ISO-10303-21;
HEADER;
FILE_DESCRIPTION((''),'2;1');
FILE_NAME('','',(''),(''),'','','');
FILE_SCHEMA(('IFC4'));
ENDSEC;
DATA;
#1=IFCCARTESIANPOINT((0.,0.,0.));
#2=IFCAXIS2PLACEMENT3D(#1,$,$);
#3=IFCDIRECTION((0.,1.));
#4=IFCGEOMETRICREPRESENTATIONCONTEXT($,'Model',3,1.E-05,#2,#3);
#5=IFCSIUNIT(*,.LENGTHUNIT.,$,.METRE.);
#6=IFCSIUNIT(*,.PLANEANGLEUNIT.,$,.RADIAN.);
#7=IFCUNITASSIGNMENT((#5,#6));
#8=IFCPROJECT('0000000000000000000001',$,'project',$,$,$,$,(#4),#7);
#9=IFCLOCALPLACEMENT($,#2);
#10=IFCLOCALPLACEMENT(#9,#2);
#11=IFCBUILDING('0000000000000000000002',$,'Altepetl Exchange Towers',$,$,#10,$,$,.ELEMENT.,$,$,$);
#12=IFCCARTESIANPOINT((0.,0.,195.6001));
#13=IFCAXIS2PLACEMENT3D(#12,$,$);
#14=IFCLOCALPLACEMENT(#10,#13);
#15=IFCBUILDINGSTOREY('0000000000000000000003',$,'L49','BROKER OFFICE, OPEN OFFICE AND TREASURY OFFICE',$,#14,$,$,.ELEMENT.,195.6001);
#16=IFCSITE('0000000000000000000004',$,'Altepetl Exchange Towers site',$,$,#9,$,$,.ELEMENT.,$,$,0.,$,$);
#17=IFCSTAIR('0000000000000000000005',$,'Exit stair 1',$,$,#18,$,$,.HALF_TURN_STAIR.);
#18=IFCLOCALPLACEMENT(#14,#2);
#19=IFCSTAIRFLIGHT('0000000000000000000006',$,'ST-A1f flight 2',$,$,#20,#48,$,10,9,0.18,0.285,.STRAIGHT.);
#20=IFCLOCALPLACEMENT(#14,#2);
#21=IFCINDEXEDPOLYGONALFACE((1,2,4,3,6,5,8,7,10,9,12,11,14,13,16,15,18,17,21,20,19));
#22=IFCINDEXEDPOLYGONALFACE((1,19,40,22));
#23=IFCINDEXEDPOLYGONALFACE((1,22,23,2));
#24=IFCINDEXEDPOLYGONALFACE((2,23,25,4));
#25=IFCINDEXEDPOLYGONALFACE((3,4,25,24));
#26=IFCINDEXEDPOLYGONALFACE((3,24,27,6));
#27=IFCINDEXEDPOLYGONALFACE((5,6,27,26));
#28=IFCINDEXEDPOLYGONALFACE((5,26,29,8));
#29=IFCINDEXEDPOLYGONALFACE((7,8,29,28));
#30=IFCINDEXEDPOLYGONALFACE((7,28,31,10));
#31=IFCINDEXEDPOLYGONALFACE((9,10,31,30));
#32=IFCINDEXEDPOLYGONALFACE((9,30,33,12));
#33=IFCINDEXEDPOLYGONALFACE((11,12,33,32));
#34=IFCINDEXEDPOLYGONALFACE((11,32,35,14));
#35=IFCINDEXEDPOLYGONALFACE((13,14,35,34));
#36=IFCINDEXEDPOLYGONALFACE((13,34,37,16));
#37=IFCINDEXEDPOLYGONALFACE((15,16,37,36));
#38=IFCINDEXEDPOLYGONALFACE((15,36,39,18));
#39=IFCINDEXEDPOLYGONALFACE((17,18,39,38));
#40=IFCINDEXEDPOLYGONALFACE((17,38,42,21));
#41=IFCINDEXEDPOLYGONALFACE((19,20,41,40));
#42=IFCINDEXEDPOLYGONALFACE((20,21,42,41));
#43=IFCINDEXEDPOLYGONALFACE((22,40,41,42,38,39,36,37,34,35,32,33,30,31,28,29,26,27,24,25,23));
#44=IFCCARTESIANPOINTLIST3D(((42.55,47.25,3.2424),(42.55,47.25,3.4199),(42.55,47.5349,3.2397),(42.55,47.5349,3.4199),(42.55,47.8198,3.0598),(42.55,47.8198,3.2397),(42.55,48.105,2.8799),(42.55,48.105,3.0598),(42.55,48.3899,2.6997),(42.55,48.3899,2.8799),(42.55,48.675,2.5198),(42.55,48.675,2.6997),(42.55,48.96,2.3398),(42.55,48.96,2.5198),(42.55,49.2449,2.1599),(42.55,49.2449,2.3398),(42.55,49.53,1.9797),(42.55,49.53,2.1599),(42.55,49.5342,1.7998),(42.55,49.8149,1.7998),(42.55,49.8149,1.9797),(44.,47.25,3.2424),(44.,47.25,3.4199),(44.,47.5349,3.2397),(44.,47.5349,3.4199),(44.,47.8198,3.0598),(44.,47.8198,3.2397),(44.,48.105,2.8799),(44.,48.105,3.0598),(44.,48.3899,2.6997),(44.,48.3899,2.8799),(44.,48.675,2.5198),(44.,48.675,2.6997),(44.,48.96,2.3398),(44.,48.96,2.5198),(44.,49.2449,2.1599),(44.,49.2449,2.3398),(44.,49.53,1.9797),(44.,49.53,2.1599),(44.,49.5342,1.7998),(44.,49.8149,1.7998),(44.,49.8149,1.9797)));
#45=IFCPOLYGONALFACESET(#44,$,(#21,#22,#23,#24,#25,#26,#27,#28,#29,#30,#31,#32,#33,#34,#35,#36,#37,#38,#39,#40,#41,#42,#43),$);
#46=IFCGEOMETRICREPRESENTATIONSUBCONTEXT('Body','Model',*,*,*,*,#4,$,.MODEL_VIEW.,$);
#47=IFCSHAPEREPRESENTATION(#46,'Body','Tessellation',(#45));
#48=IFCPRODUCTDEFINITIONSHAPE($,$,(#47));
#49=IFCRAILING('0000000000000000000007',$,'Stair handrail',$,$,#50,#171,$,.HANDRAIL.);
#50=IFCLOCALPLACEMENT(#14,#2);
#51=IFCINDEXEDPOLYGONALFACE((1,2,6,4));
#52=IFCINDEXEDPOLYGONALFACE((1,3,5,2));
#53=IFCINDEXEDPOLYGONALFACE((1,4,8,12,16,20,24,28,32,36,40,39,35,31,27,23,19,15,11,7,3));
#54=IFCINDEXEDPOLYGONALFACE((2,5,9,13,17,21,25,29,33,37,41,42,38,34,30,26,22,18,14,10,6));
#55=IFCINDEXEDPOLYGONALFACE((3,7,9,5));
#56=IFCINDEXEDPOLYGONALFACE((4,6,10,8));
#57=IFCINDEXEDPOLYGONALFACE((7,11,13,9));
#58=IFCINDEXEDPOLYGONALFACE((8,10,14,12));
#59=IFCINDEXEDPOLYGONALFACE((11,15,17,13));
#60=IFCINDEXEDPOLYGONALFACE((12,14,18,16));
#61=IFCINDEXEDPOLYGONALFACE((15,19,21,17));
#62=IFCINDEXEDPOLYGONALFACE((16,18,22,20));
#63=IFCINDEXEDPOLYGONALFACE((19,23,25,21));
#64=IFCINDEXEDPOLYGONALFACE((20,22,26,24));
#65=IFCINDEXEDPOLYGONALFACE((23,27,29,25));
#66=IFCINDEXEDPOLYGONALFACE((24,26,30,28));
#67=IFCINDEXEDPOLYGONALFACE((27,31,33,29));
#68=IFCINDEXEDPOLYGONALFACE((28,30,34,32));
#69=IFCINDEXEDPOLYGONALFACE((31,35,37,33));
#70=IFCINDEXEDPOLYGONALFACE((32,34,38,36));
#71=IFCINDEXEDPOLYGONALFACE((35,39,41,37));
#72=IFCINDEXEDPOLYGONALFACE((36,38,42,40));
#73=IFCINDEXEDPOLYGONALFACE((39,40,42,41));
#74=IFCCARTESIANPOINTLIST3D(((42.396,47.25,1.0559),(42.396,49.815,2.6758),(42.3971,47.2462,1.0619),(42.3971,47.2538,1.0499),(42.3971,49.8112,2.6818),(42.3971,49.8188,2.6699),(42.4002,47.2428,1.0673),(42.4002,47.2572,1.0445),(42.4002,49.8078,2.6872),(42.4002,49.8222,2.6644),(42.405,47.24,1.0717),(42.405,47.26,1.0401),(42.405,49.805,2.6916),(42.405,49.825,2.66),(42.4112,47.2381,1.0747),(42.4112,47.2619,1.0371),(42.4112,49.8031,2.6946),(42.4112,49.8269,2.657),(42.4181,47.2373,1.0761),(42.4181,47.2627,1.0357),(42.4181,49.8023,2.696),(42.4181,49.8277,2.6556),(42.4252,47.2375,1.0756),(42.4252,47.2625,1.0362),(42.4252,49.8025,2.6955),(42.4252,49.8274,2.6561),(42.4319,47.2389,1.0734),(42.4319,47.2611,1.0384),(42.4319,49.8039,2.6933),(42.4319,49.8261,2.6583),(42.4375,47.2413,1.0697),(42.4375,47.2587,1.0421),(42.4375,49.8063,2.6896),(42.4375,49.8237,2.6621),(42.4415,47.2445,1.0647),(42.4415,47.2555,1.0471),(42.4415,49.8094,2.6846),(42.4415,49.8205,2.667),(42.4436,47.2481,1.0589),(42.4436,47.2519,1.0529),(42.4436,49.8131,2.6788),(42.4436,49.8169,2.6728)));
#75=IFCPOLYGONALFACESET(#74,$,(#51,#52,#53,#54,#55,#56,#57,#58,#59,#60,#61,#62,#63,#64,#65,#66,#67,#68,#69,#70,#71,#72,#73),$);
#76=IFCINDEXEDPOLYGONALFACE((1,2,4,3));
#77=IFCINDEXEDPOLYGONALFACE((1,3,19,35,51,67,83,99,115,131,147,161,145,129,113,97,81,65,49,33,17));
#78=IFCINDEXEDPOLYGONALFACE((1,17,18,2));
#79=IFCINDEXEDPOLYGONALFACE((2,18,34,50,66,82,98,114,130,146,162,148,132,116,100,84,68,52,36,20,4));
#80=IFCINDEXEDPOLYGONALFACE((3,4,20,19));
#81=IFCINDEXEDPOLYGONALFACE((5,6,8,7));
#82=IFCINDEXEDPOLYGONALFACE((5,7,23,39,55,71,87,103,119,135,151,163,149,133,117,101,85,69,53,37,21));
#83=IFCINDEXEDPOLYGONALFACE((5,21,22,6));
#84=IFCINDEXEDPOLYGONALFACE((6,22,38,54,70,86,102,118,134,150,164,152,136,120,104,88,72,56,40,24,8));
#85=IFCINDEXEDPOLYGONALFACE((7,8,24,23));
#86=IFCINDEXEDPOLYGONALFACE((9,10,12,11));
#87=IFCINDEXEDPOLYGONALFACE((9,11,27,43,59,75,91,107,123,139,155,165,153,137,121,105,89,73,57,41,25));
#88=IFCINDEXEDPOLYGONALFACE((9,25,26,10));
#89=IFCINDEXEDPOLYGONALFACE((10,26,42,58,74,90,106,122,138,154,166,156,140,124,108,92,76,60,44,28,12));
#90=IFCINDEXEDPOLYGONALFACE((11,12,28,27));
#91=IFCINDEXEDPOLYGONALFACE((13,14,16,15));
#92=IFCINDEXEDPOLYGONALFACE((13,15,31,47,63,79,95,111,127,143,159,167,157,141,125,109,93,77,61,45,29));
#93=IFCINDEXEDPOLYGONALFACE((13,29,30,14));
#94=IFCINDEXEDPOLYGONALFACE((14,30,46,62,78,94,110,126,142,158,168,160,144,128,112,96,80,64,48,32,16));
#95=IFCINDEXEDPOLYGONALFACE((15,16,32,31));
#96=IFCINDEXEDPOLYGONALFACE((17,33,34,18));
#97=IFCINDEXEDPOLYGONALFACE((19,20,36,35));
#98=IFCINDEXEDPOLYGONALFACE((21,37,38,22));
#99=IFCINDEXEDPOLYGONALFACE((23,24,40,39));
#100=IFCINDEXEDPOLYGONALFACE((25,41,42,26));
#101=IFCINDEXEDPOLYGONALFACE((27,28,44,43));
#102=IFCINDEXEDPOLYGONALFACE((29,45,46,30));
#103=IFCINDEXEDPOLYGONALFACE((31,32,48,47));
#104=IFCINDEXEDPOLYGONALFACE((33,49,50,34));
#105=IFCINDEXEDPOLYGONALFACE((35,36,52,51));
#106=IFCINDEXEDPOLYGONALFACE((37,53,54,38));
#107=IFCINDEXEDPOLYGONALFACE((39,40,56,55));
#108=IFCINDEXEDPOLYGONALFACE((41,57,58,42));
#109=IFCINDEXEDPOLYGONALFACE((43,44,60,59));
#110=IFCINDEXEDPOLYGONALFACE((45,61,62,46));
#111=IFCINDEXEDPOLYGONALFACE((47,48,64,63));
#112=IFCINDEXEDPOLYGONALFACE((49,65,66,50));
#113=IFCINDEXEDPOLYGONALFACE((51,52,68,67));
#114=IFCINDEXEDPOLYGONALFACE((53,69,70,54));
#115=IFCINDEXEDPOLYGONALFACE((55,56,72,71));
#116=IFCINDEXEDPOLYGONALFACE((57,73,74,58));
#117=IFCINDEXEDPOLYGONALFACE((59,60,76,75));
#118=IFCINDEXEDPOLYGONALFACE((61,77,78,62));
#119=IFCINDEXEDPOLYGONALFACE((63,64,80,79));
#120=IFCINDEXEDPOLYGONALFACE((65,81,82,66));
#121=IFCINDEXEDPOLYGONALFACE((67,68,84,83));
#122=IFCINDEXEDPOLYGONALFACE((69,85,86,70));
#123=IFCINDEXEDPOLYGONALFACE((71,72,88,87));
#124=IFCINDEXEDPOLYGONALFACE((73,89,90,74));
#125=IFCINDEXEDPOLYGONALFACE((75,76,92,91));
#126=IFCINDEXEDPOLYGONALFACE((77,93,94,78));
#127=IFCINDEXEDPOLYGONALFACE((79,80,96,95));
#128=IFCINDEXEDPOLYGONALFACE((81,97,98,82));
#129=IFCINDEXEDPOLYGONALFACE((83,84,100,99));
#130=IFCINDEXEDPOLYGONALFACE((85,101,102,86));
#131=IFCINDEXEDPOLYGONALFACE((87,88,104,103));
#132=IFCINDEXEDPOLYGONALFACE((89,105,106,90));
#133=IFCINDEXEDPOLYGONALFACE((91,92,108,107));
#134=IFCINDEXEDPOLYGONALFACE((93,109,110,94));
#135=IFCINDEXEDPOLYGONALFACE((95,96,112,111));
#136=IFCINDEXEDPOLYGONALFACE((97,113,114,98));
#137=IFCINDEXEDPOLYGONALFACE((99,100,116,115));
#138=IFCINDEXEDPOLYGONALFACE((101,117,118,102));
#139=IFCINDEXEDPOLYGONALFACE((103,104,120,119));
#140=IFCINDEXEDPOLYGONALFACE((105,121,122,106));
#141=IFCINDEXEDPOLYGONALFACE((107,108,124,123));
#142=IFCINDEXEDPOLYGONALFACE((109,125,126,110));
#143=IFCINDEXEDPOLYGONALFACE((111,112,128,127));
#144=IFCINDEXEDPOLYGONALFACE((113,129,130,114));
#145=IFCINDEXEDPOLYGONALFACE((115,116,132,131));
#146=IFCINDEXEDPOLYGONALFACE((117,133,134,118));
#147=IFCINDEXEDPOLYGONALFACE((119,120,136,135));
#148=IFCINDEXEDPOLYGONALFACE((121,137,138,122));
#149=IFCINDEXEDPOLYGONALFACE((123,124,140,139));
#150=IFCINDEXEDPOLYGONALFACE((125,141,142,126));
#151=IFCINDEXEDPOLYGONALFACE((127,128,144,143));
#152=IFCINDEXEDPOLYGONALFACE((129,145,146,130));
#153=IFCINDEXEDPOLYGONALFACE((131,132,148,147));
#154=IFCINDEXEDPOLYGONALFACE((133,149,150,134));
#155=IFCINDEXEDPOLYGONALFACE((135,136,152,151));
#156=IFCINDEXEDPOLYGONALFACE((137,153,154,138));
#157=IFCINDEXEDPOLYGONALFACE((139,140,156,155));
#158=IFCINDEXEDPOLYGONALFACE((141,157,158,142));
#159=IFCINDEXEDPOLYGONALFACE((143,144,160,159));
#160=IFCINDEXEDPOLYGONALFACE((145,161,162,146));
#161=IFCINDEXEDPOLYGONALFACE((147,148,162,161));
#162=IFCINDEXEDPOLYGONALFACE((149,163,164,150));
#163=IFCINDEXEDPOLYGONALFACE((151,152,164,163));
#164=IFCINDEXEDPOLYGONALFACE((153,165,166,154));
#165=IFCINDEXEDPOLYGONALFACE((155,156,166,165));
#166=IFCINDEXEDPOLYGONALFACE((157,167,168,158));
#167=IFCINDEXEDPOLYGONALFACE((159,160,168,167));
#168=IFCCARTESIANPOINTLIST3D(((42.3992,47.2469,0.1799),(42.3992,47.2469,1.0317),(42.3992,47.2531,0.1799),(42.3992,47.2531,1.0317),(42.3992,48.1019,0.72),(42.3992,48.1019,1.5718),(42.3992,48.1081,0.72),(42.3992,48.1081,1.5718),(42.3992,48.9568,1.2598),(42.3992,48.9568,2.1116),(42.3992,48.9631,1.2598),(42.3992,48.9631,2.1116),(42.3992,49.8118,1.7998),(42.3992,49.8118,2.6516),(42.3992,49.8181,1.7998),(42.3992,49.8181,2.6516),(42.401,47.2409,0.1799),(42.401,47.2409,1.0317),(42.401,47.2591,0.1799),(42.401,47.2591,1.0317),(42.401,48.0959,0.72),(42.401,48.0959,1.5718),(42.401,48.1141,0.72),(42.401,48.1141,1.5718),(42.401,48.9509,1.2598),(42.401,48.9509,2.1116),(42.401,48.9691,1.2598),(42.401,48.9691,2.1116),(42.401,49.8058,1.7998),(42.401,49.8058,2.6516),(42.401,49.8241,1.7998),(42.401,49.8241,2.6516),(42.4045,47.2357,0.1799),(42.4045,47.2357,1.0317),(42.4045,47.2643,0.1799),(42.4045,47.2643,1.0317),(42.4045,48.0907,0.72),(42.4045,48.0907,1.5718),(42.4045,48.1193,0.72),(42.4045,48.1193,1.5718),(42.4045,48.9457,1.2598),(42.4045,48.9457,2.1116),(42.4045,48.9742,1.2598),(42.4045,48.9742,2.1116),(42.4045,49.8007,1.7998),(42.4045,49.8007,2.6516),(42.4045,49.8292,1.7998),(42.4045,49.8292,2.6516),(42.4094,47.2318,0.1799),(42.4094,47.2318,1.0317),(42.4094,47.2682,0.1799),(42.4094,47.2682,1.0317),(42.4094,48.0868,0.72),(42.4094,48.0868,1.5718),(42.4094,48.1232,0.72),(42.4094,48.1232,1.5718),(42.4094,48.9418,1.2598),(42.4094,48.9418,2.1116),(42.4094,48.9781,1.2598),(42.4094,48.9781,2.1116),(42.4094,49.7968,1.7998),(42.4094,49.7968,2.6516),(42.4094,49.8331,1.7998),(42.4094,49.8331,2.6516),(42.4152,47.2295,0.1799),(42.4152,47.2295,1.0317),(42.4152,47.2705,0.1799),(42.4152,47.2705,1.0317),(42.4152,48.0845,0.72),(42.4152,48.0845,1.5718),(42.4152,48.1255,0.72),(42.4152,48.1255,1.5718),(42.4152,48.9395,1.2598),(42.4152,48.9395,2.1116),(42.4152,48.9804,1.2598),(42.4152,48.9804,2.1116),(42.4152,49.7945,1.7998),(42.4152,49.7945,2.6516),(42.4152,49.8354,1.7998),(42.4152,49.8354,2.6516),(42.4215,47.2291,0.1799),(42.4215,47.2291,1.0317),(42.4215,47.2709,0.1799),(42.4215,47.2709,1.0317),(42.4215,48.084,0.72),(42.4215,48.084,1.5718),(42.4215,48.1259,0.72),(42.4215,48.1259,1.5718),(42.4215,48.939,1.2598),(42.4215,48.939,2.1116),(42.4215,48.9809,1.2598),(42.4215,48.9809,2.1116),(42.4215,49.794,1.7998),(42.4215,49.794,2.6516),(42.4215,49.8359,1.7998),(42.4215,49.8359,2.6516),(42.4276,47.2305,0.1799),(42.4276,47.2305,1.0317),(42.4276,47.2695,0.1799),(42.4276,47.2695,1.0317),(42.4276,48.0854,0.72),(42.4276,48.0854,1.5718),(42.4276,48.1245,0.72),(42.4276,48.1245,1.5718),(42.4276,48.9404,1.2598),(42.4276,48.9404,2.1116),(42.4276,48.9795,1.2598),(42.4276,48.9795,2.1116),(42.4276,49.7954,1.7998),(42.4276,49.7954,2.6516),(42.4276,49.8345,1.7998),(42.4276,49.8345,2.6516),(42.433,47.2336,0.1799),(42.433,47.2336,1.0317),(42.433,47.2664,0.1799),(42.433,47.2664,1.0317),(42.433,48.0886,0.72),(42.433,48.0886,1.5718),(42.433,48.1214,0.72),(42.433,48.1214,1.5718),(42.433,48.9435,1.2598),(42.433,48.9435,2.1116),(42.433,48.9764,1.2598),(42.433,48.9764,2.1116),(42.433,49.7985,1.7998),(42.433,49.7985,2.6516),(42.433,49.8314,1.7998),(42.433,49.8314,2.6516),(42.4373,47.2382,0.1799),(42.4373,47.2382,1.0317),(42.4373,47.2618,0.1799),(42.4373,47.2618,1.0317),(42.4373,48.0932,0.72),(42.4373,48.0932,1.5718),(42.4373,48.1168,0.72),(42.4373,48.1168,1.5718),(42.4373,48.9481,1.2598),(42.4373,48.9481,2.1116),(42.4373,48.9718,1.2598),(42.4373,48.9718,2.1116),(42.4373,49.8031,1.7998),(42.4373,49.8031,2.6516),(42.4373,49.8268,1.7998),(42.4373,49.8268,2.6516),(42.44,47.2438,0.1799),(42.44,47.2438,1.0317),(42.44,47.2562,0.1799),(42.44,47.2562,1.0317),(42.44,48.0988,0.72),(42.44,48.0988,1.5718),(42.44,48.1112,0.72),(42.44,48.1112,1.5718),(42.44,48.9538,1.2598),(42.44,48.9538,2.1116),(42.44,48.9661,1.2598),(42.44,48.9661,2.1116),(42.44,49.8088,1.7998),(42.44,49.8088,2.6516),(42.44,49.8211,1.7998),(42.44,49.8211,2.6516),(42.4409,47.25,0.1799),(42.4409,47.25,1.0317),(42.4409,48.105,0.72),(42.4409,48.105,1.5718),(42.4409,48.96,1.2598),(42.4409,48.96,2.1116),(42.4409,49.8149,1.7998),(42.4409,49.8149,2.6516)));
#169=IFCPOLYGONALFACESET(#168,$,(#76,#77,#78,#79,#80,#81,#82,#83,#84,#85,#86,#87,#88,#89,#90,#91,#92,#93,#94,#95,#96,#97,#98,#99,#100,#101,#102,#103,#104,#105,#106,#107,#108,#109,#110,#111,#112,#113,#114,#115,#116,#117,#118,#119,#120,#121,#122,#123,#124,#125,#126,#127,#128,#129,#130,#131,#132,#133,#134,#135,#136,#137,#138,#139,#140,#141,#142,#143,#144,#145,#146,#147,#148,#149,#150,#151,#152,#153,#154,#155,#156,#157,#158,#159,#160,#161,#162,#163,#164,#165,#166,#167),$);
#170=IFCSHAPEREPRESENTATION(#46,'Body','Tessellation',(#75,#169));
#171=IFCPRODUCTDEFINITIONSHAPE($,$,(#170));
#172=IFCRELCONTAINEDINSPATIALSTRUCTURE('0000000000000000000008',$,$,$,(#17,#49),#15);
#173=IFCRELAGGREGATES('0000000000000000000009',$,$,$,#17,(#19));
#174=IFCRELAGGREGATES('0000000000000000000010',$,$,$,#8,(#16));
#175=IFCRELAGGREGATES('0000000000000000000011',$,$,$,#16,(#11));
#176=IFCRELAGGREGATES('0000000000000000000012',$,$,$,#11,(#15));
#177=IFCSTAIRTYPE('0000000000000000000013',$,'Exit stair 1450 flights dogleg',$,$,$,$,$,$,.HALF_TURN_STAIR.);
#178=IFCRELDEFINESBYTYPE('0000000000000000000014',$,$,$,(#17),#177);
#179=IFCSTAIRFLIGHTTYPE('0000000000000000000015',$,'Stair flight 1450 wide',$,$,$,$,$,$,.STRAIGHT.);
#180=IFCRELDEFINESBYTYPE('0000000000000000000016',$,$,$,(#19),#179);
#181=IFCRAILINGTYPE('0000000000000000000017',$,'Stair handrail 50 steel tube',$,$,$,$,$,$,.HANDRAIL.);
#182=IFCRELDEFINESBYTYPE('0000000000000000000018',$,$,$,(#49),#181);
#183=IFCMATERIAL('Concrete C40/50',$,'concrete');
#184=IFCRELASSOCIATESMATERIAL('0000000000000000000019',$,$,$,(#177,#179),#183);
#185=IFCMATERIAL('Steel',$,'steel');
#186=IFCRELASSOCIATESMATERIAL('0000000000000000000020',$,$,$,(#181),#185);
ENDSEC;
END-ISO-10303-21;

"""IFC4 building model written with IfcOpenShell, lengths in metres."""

from ifc_helpers import new_model, si_unit, direction, frame, origin, origin_2d, place, context, subcontext, project, spatial, polyline, circle, outline, extrude, source, transform, mapped, material, type_object, element, aggregate, save


model = new_model("IFC4")

# Units and contexts
model_context = context("Model", 3, precision=1e-05, world=origin(), true_north=direction((0.0, 1.0)))
body_context = subcontext(model_context, "Body", "Model", "MODEL_VIEW")
ifc_project = project(units=[si_unit("LENGTHUNIT", "METRE"), si_unit("PLANEANGLEUNIT", "RADIAN")], contexts=[model_context])

# Site, building, storey
site_placement = place(None, origin())
site = spatial("IfcSite", under=ifc_project, at=site_placement, Name="Altepetl Exchange Towers site", CompositionType="ELEMENT", RefElevation=0.0)
building_placement = place(site_placement, origin())
building = spatial("IfcBuilding", under=site, at=building_placement, Name="Altepetl Exchange Towers", CompositionType="ELEMENT")
storey_placement = place(building_placement, frame((0.0, 0.0, 195.6001)))
storey = spatial("IfcBuildingStorey", under=building, at=storey_placement, Name="L49", Description="BROKER OFFICE, OPEN OFFICE AND TREASURY OFFICE", CompositionType="ELEMENT", Elevation=195.6001)

# Shared definitions
ifc_material_1 = material(Name="Concrete C40/50", Category="concrete")

# Stair, stair flight
stair_type = type_object("IfcStairType", Name="Exit stair 1450 flights dogleg", PredefinedType="HALF_TURN_STAIR", material=ifc_material_1)
stair_placement = place(storey_placement, origin())
stair = element("IfcStair", 1, at=stair_placement, inside=storey, type_object=stair_type, Name="Exit stair 1", PredefinedType="HALF_TURN_STAIR")
stair_flight_type = type_object("IfcStairFlightType", Name="Stair flight 1450 wide", PredefinedType="STRAIGHT", material=ifc_material_1)
stair_flight_1_placement = place(storey_placement, frame((43.2749, 49.8149, 1.7998), z_axis=(0.0, 0.0, 1.0), x_axis=(0.0, -1.0, 0.0)))
stair_flight_1 = element("IfcStairFlight", 2, at=stair_flight_1_placement, type_object=stair_flight_type, Name="ST-A1f flight 2", NumberOfRisers=10, NumberOfTreads=9, PredefinedType="STRAIGHT", RiserHeight=0.18, TreadLength=0.285, context=body_context, shape_type="SweptSolid", body=[
    extrude(outline(polyline([(0.0, 0.0), (0.0, 0.1799), (0.2849, 0.1799), (0.2849, 0.3601), (0.5701, 0.3601), (0.5701, 0.54), (0.855, 0.54), (0.855, 0.72), (1.1399, 0.72), (1.1399, 0.8999), (1.425, 0.8999), (1.425, 1.0801), (1.71, 1.0801), (1.71, 1.26), (1.9951, 1.26), (1.9951, 1.4399), (2.28, 1.4399), (2.28, 1.6201), (2.5649, 1.6201), (2.5649, 1.8), (2.5649, 1.4426), (0.2808, 0.0), (0.0, 0.0)])), frame((0.0, 0.7251, 0.0), z_axis=(0.0, -1.0, 0.0), x_axis=(1.0, 0.0, 0.0)), (0.0, 0.0, 1.0), 1.45),
])
aggregate(stair, [stair_flight_1])

# Railing
ifc_material_2 = material(Name="Steel", Category="steel")
railing_type = type_object("IfcRailingType", Name="Stair handrail 50 steel tube", PredefinedType="HANDRAIL", material=ifc_material_2)
shared_shape = source(origin(), body_context, "Body", "SweptSolid", [
    extrude(circle(Radius=0.021, at=origin_2d()), origin(), (0.0, 0.0, 1.0), 0.8518),
])
railing_1_placement = place(storey_placement, frame((42.4199, 47.25, 0.1799)))
element("IfcRailing", 3, at=railing_1_placement, inside=storey, type_object=railing_type, Name="Stair handrail", PredefinedType="HANDRAIL", context=body_context, shape_type="SweptSolid", body=[
    extrude(circle(Radius=0.0239, at=origin_2d()), frame((0.0, 0.0, 0.876), z_axis=(0.0, 0.845502, 0.533972), x_axis=(-1.0, 0.0, 0.0)), (0.0, 0.0, 1.0), 3.0337),
    mapped(shared_shape, transform((0.0, 0.0, 0.0))),
    mapped(shared_shape, transform((0.0, 0.855, 0.54))),
    mapped(shared_shape, transform((0.0, 1.71, 1.0798))),
    mapped(shared_shape, transform((0.0, 2.5649, 1.6199))),
])

save(model, "model.ifc")
